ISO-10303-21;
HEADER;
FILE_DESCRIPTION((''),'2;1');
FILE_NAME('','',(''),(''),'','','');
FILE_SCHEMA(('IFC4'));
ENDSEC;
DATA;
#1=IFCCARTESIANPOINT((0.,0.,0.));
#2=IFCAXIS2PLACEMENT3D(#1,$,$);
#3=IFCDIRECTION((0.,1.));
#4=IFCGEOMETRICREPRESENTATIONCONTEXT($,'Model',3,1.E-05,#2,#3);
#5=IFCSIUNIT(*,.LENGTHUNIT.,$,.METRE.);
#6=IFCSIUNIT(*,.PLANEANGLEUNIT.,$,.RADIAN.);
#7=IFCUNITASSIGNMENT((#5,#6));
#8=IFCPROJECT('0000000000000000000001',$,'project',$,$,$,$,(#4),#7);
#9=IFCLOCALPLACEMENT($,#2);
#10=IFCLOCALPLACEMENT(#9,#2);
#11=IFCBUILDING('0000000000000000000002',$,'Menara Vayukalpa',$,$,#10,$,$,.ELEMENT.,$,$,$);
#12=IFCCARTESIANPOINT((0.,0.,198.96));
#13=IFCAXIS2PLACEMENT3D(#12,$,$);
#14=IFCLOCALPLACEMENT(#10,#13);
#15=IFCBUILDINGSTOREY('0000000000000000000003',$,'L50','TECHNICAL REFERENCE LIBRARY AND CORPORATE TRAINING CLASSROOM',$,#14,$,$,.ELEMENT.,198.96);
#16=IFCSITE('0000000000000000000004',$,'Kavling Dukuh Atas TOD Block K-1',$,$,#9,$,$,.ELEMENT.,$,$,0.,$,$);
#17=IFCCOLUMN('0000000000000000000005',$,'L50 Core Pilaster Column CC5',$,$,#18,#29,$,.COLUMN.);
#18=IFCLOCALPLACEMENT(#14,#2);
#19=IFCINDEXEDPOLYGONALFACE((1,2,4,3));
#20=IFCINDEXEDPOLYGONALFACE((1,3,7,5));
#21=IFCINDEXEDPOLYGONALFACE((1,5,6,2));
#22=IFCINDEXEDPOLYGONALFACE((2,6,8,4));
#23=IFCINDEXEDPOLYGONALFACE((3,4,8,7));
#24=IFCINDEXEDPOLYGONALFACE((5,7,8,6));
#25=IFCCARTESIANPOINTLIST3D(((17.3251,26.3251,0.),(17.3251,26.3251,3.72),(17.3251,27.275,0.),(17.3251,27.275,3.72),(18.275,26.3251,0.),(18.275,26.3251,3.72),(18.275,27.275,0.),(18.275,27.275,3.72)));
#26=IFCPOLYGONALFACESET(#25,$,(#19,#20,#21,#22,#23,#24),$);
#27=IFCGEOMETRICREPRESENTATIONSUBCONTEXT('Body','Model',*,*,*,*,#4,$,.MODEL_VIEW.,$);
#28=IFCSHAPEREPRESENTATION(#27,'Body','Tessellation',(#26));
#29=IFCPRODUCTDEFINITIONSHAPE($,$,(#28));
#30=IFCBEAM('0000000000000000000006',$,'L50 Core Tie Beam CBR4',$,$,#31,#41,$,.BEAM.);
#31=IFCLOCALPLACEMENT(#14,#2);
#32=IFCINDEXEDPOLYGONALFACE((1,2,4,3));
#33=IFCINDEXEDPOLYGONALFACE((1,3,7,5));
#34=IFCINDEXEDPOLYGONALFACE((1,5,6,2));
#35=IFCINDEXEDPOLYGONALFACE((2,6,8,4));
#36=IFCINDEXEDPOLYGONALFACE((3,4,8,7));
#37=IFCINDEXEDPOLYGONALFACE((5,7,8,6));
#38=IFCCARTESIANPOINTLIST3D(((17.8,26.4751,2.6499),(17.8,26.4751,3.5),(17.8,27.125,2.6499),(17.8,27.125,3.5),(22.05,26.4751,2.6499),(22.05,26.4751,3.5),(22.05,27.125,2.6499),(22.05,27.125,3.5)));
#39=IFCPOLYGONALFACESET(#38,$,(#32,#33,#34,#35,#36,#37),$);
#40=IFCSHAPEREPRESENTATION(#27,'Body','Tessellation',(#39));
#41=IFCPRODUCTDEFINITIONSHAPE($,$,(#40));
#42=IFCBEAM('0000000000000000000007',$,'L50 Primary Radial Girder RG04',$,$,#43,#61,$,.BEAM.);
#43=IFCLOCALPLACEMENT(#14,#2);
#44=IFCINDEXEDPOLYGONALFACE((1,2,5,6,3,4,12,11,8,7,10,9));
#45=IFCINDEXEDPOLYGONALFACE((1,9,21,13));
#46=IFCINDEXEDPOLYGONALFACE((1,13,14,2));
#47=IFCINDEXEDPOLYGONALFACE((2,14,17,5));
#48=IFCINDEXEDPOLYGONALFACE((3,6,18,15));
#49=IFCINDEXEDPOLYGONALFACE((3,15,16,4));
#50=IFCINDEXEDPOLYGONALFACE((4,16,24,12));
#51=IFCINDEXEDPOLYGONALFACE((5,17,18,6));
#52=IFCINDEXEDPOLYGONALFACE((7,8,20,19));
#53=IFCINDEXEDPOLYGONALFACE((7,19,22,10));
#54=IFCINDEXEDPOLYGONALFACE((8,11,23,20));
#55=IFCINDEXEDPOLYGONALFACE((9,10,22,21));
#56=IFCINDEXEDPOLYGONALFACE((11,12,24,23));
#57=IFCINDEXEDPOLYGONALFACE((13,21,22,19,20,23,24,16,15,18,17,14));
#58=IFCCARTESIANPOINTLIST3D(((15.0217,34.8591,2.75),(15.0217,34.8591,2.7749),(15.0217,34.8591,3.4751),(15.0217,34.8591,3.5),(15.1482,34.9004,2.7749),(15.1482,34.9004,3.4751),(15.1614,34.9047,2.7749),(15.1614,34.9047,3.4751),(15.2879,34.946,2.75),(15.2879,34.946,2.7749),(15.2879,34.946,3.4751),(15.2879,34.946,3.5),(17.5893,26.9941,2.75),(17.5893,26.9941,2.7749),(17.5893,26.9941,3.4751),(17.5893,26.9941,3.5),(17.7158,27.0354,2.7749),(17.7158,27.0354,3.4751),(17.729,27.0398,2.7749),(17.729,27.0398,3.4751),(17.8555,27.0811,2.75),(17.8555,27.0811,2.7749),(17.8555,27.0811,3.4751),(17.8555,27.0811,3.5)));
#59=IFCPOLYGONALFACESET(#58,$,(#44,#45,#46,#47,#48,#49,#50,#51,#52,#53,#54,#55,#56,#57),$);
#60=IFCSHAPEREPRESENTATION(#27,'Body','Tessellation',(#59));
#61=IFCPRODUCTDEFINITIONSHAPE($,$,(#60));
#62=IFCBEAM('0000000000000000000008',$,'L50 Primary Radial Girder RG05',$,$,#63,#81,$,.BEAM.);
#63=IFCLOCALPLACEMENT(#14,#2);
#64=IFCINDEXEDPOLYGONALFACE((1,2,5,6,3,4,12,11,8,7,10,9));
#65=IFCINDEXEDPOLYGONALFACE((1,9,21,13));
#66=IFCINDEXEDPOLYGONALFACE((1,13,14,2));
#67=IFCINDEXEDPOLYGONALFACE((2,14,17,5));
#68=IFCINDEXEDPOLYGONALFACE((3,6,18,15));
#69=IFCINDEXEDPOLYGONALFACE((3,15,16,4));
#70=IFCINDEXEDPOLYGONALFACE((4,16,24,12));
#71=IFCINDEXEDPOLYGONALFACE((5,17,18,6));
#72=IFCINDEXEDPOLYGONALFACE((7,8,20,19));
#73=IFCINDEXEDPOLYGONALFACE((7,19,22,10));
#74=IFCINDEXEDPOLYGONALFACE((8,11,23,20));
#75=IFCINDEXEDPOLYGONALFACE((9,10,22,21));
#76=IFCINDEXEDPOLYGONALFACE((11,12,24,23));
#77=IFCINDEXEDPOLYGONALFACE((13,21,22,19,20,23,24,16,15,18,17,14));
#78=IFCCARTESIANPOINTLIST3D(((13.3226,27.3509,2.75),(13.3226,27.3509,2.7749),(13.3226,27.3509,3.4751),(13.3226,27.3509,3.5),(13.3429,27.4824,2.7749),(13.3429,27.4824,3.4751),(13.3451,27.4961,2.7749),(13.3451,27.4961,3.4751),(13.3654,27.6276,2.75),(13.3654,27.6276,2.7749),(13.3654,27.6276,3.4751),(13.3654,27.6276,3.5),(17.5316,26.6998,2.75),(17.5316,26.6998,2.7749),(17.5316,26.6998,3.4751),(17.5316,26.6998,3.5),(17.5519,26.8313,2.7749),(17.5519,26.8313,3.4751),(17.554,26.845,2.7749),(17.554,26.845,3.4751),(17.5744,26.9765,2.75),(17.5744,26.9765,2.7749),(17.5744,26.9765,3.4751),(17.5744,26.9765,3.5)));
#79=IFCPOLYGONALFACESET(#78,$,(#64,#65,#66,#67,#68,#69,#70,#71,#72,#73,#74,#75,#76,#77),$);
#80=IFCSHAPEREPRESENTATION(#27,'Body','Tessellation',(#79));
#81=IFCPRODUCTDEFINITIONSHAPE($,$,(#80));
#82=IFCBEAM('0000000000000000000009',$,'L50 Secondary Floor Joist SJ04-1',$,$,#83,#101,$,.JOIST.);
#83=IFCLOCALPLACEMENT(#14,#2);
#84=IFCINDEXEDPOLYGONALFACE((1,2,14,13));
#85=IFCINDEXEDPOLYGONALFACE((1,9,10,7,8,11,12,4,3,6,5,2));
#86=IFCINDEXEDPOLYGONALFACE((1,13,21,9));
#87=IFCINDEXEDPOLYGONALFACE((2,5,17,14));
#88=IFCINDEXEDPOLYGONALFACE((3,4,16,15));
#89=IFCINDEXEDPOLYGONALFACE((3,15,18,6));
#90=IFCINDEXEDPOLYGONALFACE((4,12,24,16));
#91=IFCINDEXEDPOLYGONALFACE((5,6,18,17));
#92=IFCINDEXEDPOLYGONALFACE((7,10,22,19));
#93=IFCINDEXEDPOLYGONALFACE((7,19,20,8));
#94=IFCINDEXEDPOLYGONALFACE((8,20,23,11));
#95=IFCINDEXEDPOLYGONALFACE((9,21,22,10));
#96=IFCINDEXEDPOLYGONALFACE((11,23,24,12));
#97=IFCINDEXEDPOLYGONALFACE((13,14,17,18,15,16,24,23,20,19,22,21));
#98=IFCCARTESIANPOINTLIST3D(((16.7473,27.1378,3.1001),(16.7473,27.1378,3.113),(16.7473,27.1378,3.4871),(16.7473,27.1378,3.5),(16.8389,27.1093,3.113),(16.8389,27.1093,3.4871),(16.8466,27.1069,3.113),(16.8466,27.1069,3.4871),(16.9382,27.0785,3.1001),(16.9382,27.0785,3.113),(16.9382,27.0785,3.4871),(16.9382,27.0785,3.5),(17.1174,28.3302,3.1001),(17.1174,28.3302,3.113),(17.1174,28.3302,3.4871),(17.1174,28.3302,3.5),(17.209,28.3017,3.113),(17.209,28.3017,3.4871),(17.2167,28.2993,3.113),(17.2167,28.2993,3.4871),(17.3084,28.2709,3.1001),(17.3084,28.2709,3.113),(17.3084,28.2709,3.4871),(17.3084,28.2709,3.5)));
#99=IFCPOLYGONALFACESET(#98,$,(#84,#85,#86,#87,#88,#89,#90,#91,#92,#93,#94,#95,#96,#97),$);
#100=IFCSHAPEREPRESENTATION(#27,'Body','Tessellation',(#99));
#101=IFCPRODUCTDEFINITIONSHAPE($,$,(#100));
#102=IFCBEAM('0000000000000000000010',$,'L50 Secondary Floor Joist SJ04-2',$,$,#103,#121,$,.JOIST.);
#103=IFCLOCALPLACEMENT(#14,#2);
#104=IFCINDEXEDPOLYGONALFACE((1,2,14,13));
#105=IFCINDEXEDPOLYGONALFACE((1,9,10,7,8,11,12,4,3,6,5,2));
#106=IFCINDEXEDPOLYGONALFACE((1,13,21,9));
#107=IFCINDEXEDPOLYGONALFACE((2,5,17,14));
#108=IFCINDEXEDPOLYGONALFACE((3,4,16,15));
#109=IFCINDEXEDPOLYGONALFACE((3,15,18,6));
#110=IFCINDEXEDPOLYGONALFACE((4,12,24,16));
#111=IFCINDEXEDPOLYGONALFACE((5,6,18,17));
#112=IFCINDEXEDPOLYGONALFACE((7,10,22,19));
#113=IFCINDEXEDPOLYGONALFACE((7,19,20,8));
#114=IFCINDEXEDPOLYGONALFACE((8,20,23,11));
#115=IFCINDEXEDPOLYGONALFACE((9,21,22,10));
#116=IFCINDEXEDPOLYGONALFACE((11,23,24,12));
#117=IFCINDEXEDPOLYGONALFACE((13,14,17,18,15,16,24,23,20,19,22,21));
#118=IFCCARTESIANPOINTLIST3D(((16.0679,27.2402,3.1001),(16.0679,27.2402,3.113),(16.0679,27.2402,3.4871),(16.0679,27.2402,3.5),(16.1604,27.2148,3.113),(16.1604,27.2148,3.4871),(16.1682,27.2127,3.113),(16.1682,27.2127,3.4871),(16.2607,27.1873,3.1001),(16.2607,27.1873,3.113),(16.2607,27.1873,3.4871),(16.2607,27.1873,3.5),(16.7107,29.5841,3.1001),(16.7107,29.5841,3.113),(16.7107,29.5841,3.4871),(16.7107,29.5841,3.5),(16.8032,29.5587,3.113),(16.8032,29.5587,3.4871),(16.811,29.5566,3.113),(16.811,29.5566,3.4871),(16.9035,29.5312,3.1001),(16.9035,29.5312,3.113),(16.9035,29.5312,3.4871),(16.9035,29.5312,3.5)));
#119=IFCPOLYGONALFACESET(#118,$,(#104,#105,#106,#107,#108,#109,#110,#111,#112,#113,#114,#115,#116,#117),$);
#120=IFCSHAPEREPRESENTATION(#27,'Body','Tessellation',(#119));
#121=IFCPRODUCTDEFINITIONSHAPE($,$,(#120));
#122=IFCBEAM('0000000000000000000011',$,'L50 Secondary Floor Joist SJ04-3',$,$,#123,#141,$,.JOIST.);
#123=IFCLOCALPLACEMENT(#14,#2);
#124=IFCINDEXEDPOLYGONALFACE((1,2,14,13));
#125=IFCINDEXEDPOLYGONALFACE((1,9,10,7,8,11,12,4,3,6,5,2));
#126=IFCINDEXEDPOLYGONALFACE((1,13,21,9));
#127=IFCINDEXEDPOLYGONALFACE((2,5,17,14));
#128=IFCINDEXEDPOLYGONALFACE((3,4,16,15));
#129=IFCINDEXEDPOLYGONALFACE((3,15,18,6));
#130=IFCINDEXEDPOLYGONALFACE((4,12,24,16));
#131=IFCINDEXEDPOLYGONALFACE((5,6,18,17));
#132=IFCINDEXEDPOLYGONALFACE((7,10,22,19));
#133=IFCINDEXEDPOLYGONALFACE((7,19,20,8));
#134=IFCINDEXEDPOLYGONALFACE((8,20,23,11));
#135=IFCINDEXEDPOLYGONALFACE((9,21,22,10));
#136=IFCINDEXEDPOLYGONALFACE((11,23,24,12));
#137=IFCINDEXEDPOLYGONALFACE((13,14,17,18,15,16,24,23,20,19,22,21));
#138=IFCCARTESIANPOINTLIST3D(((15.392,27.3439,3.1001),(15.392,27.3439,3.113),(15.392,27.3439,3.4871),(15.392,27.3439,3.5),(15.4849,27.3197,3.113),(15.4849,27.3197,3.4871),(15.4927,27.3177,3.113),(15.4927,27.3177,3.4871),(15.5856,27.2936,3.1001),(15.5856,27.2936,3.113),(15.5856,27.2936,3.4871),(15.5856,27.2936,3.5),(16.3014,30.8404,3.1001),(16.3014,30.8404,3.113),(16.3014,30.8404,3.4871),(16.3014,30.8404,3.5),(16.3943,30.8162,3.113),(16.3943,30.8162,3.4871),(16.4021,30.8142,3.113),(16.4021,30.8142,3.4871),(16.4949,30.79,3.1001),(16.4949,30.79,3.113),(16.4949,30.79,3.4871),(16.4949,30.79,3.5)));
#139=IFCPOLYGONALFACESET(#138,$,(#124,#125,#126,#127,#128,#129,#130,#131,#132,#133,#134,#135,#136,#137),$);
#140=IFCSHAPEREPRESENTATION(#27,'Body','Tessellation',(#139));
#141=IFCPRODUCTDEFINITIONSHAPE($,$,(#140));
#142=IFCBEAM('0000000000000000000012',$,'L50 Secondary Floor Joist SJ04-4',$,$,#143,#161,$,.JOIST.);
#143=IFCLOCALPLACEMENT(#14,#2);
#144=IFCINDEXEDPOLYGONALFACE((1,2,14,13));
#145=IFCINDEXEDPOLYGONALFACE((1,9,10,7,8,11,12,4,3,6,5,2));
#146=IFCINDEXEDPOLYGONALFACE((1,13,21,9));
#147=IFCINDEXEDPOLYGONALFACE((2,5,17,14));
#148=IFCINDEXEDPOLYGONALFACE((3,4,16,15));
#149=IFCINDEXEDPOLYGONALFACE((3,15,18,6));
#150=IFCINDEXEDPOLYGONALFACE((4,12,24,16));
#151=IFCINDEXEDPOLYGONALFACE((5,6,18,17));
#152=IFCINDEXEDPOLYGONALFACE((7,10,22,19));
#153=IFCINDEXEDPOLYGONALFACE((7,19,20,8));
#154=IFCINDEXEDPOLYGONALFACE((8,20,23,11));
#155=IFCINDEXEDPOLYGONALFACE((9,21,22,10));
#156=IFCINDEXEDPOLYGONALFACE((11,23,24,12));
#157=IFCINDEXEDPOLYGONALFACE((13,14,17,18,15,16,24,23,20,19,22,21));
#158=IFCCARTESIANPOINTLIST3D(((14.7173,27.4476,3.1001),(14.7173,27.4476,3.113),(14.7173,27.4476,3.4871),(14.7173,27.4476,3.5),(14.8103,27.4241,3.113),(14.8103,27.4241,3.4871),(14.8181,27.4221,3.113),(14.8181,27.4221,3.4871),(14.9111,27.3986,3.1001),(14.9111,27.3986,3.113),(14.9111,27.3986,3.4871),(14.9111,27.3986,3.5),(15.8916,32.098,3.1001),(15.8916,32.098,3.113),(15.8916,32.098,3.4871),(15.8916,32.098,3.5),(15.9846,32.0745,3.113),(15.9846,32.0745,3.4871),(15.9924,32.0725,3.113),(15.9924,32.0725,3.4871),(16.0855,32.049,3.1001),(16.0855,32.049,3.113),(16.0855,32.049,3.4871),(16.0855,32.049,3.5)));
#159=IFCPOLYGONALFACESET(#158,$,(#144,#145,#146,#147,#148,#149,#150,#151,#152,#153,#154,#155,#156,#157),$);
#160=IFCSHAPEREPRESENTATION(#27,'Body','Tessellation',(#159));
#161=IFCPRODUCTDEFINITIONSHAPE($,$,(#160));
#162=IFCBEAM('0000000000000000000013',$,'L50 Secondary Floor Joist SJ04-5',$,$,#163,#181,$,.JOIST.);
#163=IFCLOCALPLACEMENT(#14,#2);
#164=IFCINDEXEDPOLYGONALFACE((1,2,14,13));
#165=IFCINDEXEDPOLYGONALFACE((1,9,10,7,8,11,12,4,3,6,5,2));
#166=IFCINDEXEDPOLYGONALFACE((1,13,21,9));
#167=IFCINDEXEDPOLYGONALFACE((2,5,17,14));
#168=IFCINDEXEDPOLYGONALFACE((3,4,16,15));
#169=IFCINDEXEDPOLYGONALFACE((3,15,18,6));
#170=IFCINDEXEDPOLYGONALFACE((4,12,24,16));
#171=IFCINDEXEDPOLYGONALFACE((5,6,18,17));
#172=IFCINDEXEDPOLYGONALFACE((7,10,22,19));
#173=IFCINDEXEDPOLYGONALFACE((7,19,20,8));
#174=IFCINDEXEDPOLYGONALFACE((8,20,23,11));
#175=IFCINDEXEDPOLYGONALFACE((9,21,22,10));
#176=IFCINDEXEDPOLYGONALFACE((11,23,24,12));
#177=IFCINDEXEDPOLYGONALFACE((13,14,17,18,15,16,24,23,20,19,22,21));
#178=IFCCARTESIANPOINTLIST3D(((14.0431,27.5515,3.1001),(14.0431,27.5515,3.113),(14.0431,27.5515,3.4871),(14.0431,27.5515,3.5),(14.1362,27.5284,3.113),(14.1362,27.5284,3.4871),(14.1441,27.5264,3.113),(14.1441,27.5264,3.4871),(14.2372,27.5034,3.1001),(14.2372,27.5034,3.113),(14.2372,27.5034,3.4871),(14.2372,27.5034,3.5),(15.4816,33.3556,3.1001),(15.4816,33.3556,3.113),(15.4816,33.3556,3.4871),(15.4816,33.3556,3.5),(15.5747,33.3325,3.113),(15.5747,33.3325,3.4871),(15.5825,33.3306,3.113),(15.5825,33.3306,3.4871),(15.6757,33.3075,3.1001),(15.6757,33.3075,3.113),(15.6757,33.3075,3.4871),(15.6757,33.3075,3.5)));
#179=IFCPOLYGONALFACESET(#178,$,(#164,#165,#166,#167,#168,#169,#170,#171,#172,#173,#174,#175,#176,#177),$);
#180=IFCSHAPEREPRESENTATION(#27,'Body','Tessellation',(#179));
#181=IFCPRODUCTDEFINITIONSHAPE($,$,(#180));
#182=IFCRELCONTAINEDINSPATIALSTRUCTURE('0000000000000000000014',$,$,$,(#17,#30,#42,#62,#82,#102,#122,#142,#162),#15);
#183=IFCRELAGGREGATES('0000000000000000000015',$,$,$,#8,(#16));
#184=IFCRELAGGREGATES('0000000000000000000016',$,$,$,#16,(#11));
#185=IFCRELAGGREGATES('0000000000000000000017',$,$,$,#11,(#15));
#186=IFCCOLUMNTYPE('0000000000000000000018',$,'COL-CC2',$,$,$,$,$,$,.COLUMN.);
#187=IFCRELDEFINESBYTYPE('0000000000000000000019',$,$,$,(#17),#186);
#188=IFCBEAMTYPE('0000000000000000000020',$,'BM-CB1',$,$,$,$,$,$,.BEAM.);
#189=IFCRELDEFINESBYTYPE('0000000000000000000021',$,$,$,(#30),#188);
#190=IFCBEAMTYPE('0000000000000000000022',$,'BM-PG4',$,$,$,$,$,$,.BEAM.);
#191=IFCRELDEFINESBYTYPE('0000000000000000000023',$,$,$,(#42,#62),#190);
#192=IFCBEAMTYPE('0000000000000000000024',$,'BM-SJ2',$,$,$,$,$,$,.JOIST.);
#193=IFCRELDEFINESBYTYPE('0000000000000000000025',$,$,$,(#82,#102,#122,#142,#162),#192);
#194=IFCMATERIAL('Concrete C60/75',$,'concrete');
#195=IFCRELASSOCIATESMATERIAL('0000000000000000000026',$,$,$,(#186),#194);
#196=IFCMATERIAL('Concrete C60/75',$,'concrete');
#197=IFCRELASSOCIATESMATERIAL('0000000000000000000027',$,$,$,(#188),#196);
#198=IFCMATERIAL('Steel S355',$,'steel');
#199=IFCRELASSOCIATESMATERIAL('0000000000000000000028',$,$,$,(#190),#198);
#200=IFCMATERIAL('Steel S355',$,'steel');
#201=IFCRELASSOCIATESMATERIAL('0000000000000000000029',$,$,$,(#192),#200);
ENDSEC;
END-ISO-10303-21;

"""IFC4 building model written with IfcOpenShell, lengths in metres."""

from ifc_helpers import new_model, si_unit, direction, frame, origin, origin_2d, place, context, subcontext, project, spatial, rectangle, i_section, extrude, material, material_profile, profile_set, type_object, element, save


model = new_model("IFC4")

# Units and contexts
model_context = context("Model", 3, precision=1e-05, world=origin(), true_north=direction((0.0, 1.0)))
body_context = subcontext(model_context, "Body", "Model", "MODEL_VIEW")
ifc_project = project(units=[si_unit("LENGTHUNIT", "METRE"), si_unit("PLANEANGLEUNIT", "RADIAN")], contexts=[model_context])

# Site, building, storey
site_placement = place(None, origin())
site = spatial("IfcSite", under=ifc_project, at=site_placement, Name="Kavling Dukuh Atas TOD Block K-1", CompositionType="ELEMENT", RefElevation=0.0)
building_placement = place(site_placement, origin())
building = spatial("IfcBuilding", under=site, at=building_placement, Name="Menara Vayukalpa", CompositionType="ELEMENT")
storey_placement = place(building_placement, frame((0.0, 0.0, 198.96)))
storey = spatial("IfcBuildingStorey", under=building, at=storey_placement, Name="L50", Description="TECHNICAL REFERENCE LIBRARY AND CORPORATE TRAINING CLASSROOM", CompositionType="ELEMENT", Elevation=198.96)

# Column
ifc_material_1 = material(Name="Concrete C60/75", Category="concrete")
ifc_material_profile_1 = material_profile(ifc_material_1, rectangle(XDim=0.95, YDim=0.95, at=origin_2d()), Name="RC 950x950")
ifc_profile_set_1 = profile_set([ifc_material_profile_1], Name="Concrete C60/75")
column_type = type_object("IfcColumnType", Name="COL-CC2", PredefinedType="COLUMN", material=ifc_profile_set_1)
column_placement = place(storey_placement, frame((17.8, 26.8, 0.0), z_axis=(0.0, 0.0, 1.0), x_axis=(1.0, 0.0, 0.0)))
element("IfcColumn", 1, at=column_placement, inside=storey, type_object=column_type, Name="L50 Core Pilaster Column CC5", PredefinedType="COLUMN", context=body_context, shape_type="SweptSolid", body=[
    extrude(rectangle(XDim=0.95, YDim=0.95, at=origin_2d()), origin(), (0.0, 0.0, 1.0), 3.72),
])

# Beams
ifc_material_2 = material(Name="Concrete C60/75", Category="concrete")
ifc_material_profile_2 = material_profile(ifc_material_2, rectangle(XDim=0.6499, YDim=0.8501, at=origin_2d()), Name="RC 650x850")
ifc_profile_set_2 = profile_set([ifc_material_profile_2], Name="Concrete C60/75")
beam_type_1 = type_object("IfcBeamType", Name="BM-CB1", PredefinedType="BEAM", material=ifc_profile_set_2)
beam_1_placement = place(storey_placement, frame((17.8, 26.8, 3.075), z_axis=(1.0, 0.0, 0.0), x_axis=(0.0, 1.0, 0.0)))
element("IfcBeam", 2, at=beam_1_placement, inside=storey, type_object=beam_type_1, Name="L50 Core Tie Beam CBR4", PredefinedType="BEAM", context=body_context, shape_type="SweptSolid", body=[
    extrude(rectangle(XDim=0.6499, YDim=0.8501, at=origin_2d()), origin(), (0.0, 0.0, 1.0), 4.25),
])
ifc_material_3 = material(Name="Steel S355", Category="steel")
ifc_material_profile_3 = material_profile(ifc_material_3, i_section(OverallWidth=0.28, OverallDepth=0.75, WebThickness=0.0139, FlangeThickness=0.0249, at=origin_2d()), Name="WF 750x280x14x25")
ifc_profile_set_3 = profile_set([ifc_material_profile_3], Name="Steel S355")
beam_type_2 = type_object("IfcBeamType", Name="BM-PG4", PredefinedType="BEAM", material=ifc_profile_set_3)
beam_2_placement = place(storey_placement, frame((17.7224, 27.0376, 3.125), z_axis=(-0.310344, 0.950624, 0.0), x_axis=(-0.950624, -0.310344, 0.0)))
element("IfcBeam", 3, at=beam_2_placement, inside=storey, type_object=beam_type_2, Name="L50 Primary Radial Girder RG04", PredefinedType="BEAM", context=body_context, shape_type="SweptSolid", body=[
    extrude(i_section(OverallWidth=0.28, OverallDepth=0.75, WebThickness=0.0139, FlangeThickness=0.0249, at=origin_2d()), origin(), (0.0, 0.0, 1.0), 8.2734),
])
beam_3_placement = place(storey_placement, frame((17.553, 26.8381, 3.125), z_axis=(-0.988245, 0.15288, 0.0), x_axis=(-0.15288, -0.988245, 0.0)))
element("IfcBeam", 4, at=beam_3_placement, inside=storey, type_object=beam_type_2, Name="L50 Primary Radial Girder RG05", PredefinedType="BEAM", context=body_context, shape_type="SweptSolid", body=[
    extrude(i_section(OverallWidth=0.28, OverallDepth=0.75, WebThickness=0.0139, FlangeThickness=0.0249, at=origin_2d()), origin(), (0.0, 0.0, 1.0), 4.259),
])
ifc_material_4 = material(Name="Steel S355", Category="steel")
ifc_material_profile_4 = material_profile(ifc_material_4, i_section(OverallWidth=0.2, OverallDepth=0.3999, WebThickness=0.0081, FlangeThickness=0.0129, at=origin_2d()), Name="WF 400x200x8x13")
ifc_profile_set_4 = profile_set([ifc_material_profile_4], Name="Steel S355")
beam_type_3 = type_object("IfcBeamType", Name="BM-SJ2", PredefinedType="JOIST", material=ifc_profile_set_4)
beam_4_placement = place(storey_placement, frame((17.2129, 28.3005, 3.3), z_axis=(-0.296448, -0.955049, 0.0), x_axis=(0.955049, -0.296448, 0.0)))
element("IfcBeam", 5, at=beam_4_placement, inside=storey, type_object=beam_type_3, Name="L50 Secondary Floor Joist SJ04-1", PredefinedType="JOIST", context=body_context, shape_type="SweptSolid", body=[
    extrude(i_section(OverallWidth=0.2, OverallDepth=0.3999, WebThickness=0.0081, FlangeThickness=0.0129, at=origin_2d()), origin(), (0.0, 0.0, 1.0), 1.2485),
])
beam_5_placement = place(storey_placement, frame((16.8071, 29.5576, 3.3), z_axis=(-0.264503, -0.964385, 0.0), x_axis=(0.964385, -0.264503, 0.0)))
element("IfcBeam", 6, at=beam_5_placement, inside=storey, type_object=beam_type_3, Name="L50 Secondary Floor Joist SJ04-2", PredefinedType="JOIST", context=body_context, shape_type="SweptSolid", body=[
    extrude(i_section(OverallWidth=0.2, OverallDepth=0.3999, WebThickness=0.0081, FlangeThickness=0.0129, at=origin_2d()), origin(), (0.0, 0.0, 1.0), 2.4304),
])
beam_6_placement = place(storey_placement, frame((16.3982, 30.8152, 3.3), z_axis=(-0.251715, -0.967801, 0.0), x_axis=(0.967801, -0.251715, 0.0)))
element("IfcBeam", 7, at=beam_6_placement, inside=storey, type_object=beam_type_3, Name="L50 Secondary Floor Joist SJ04-3", PredefinedType="JOIST", context=body_context, shape_type="SweptSolid", body=[
    extrude(i_section(OverallWidth=0.2, OverallDepth=0.3999, WebThickness=0.0081, FlangeThickness=0.0129, at=origin_2d()), origin(), (0.0, 0.0, 1.0), 3.6128),
])
beam_7_placement = place(storey_placement, frame((15.9885, 32.0735, 3.3), z_axis=(-0.244834, -0.969565, 0.0), x_axis=(0.969565, -0.244834, 0.0)))
element("IfcBeam", 8, at=beam_7_placement, inside=storey, type_object=beam_type_3, Name="L50 Secondary Floor Joist SJ04-4", PredefinedType="JOIST", context=body_context, shape_type="SweptSolid", body=[
    extrude(i_section(OverallWidth=0.2, OverallDepth=0.3999, WebThickness=0.0081, FlangeThickness=0.0129, at=origin_2d()), origin(), (0.0, 0.0, 1.0), 4.7964),
])
beam_8_placement = place(storey_placement, frame((15.5786, 33.3315, 3.3), z_axis=(-0.240556, -0.970635, 0.0), x_axis=(0.970635, -0.240556, 0.0)))
element("IfcBeam", 9, at=beam_8_placement, inside=storey, type_object=beam_type_3, Name="L50 Secondary Floor Joist SJ04-5", PredefinedType="JOIST", context=body_context, shape_type="SweptSolid", body=[
    extrude(i_section(OverallWidth=0.2, OverallDepth=0.3999, WebThickness=0.0081, FlangeThickness=0.0129, at=origin_2d()), origin(), (0.0, 0.0, 1.0), 5.9797),
])

save(model, "model.ifc")
